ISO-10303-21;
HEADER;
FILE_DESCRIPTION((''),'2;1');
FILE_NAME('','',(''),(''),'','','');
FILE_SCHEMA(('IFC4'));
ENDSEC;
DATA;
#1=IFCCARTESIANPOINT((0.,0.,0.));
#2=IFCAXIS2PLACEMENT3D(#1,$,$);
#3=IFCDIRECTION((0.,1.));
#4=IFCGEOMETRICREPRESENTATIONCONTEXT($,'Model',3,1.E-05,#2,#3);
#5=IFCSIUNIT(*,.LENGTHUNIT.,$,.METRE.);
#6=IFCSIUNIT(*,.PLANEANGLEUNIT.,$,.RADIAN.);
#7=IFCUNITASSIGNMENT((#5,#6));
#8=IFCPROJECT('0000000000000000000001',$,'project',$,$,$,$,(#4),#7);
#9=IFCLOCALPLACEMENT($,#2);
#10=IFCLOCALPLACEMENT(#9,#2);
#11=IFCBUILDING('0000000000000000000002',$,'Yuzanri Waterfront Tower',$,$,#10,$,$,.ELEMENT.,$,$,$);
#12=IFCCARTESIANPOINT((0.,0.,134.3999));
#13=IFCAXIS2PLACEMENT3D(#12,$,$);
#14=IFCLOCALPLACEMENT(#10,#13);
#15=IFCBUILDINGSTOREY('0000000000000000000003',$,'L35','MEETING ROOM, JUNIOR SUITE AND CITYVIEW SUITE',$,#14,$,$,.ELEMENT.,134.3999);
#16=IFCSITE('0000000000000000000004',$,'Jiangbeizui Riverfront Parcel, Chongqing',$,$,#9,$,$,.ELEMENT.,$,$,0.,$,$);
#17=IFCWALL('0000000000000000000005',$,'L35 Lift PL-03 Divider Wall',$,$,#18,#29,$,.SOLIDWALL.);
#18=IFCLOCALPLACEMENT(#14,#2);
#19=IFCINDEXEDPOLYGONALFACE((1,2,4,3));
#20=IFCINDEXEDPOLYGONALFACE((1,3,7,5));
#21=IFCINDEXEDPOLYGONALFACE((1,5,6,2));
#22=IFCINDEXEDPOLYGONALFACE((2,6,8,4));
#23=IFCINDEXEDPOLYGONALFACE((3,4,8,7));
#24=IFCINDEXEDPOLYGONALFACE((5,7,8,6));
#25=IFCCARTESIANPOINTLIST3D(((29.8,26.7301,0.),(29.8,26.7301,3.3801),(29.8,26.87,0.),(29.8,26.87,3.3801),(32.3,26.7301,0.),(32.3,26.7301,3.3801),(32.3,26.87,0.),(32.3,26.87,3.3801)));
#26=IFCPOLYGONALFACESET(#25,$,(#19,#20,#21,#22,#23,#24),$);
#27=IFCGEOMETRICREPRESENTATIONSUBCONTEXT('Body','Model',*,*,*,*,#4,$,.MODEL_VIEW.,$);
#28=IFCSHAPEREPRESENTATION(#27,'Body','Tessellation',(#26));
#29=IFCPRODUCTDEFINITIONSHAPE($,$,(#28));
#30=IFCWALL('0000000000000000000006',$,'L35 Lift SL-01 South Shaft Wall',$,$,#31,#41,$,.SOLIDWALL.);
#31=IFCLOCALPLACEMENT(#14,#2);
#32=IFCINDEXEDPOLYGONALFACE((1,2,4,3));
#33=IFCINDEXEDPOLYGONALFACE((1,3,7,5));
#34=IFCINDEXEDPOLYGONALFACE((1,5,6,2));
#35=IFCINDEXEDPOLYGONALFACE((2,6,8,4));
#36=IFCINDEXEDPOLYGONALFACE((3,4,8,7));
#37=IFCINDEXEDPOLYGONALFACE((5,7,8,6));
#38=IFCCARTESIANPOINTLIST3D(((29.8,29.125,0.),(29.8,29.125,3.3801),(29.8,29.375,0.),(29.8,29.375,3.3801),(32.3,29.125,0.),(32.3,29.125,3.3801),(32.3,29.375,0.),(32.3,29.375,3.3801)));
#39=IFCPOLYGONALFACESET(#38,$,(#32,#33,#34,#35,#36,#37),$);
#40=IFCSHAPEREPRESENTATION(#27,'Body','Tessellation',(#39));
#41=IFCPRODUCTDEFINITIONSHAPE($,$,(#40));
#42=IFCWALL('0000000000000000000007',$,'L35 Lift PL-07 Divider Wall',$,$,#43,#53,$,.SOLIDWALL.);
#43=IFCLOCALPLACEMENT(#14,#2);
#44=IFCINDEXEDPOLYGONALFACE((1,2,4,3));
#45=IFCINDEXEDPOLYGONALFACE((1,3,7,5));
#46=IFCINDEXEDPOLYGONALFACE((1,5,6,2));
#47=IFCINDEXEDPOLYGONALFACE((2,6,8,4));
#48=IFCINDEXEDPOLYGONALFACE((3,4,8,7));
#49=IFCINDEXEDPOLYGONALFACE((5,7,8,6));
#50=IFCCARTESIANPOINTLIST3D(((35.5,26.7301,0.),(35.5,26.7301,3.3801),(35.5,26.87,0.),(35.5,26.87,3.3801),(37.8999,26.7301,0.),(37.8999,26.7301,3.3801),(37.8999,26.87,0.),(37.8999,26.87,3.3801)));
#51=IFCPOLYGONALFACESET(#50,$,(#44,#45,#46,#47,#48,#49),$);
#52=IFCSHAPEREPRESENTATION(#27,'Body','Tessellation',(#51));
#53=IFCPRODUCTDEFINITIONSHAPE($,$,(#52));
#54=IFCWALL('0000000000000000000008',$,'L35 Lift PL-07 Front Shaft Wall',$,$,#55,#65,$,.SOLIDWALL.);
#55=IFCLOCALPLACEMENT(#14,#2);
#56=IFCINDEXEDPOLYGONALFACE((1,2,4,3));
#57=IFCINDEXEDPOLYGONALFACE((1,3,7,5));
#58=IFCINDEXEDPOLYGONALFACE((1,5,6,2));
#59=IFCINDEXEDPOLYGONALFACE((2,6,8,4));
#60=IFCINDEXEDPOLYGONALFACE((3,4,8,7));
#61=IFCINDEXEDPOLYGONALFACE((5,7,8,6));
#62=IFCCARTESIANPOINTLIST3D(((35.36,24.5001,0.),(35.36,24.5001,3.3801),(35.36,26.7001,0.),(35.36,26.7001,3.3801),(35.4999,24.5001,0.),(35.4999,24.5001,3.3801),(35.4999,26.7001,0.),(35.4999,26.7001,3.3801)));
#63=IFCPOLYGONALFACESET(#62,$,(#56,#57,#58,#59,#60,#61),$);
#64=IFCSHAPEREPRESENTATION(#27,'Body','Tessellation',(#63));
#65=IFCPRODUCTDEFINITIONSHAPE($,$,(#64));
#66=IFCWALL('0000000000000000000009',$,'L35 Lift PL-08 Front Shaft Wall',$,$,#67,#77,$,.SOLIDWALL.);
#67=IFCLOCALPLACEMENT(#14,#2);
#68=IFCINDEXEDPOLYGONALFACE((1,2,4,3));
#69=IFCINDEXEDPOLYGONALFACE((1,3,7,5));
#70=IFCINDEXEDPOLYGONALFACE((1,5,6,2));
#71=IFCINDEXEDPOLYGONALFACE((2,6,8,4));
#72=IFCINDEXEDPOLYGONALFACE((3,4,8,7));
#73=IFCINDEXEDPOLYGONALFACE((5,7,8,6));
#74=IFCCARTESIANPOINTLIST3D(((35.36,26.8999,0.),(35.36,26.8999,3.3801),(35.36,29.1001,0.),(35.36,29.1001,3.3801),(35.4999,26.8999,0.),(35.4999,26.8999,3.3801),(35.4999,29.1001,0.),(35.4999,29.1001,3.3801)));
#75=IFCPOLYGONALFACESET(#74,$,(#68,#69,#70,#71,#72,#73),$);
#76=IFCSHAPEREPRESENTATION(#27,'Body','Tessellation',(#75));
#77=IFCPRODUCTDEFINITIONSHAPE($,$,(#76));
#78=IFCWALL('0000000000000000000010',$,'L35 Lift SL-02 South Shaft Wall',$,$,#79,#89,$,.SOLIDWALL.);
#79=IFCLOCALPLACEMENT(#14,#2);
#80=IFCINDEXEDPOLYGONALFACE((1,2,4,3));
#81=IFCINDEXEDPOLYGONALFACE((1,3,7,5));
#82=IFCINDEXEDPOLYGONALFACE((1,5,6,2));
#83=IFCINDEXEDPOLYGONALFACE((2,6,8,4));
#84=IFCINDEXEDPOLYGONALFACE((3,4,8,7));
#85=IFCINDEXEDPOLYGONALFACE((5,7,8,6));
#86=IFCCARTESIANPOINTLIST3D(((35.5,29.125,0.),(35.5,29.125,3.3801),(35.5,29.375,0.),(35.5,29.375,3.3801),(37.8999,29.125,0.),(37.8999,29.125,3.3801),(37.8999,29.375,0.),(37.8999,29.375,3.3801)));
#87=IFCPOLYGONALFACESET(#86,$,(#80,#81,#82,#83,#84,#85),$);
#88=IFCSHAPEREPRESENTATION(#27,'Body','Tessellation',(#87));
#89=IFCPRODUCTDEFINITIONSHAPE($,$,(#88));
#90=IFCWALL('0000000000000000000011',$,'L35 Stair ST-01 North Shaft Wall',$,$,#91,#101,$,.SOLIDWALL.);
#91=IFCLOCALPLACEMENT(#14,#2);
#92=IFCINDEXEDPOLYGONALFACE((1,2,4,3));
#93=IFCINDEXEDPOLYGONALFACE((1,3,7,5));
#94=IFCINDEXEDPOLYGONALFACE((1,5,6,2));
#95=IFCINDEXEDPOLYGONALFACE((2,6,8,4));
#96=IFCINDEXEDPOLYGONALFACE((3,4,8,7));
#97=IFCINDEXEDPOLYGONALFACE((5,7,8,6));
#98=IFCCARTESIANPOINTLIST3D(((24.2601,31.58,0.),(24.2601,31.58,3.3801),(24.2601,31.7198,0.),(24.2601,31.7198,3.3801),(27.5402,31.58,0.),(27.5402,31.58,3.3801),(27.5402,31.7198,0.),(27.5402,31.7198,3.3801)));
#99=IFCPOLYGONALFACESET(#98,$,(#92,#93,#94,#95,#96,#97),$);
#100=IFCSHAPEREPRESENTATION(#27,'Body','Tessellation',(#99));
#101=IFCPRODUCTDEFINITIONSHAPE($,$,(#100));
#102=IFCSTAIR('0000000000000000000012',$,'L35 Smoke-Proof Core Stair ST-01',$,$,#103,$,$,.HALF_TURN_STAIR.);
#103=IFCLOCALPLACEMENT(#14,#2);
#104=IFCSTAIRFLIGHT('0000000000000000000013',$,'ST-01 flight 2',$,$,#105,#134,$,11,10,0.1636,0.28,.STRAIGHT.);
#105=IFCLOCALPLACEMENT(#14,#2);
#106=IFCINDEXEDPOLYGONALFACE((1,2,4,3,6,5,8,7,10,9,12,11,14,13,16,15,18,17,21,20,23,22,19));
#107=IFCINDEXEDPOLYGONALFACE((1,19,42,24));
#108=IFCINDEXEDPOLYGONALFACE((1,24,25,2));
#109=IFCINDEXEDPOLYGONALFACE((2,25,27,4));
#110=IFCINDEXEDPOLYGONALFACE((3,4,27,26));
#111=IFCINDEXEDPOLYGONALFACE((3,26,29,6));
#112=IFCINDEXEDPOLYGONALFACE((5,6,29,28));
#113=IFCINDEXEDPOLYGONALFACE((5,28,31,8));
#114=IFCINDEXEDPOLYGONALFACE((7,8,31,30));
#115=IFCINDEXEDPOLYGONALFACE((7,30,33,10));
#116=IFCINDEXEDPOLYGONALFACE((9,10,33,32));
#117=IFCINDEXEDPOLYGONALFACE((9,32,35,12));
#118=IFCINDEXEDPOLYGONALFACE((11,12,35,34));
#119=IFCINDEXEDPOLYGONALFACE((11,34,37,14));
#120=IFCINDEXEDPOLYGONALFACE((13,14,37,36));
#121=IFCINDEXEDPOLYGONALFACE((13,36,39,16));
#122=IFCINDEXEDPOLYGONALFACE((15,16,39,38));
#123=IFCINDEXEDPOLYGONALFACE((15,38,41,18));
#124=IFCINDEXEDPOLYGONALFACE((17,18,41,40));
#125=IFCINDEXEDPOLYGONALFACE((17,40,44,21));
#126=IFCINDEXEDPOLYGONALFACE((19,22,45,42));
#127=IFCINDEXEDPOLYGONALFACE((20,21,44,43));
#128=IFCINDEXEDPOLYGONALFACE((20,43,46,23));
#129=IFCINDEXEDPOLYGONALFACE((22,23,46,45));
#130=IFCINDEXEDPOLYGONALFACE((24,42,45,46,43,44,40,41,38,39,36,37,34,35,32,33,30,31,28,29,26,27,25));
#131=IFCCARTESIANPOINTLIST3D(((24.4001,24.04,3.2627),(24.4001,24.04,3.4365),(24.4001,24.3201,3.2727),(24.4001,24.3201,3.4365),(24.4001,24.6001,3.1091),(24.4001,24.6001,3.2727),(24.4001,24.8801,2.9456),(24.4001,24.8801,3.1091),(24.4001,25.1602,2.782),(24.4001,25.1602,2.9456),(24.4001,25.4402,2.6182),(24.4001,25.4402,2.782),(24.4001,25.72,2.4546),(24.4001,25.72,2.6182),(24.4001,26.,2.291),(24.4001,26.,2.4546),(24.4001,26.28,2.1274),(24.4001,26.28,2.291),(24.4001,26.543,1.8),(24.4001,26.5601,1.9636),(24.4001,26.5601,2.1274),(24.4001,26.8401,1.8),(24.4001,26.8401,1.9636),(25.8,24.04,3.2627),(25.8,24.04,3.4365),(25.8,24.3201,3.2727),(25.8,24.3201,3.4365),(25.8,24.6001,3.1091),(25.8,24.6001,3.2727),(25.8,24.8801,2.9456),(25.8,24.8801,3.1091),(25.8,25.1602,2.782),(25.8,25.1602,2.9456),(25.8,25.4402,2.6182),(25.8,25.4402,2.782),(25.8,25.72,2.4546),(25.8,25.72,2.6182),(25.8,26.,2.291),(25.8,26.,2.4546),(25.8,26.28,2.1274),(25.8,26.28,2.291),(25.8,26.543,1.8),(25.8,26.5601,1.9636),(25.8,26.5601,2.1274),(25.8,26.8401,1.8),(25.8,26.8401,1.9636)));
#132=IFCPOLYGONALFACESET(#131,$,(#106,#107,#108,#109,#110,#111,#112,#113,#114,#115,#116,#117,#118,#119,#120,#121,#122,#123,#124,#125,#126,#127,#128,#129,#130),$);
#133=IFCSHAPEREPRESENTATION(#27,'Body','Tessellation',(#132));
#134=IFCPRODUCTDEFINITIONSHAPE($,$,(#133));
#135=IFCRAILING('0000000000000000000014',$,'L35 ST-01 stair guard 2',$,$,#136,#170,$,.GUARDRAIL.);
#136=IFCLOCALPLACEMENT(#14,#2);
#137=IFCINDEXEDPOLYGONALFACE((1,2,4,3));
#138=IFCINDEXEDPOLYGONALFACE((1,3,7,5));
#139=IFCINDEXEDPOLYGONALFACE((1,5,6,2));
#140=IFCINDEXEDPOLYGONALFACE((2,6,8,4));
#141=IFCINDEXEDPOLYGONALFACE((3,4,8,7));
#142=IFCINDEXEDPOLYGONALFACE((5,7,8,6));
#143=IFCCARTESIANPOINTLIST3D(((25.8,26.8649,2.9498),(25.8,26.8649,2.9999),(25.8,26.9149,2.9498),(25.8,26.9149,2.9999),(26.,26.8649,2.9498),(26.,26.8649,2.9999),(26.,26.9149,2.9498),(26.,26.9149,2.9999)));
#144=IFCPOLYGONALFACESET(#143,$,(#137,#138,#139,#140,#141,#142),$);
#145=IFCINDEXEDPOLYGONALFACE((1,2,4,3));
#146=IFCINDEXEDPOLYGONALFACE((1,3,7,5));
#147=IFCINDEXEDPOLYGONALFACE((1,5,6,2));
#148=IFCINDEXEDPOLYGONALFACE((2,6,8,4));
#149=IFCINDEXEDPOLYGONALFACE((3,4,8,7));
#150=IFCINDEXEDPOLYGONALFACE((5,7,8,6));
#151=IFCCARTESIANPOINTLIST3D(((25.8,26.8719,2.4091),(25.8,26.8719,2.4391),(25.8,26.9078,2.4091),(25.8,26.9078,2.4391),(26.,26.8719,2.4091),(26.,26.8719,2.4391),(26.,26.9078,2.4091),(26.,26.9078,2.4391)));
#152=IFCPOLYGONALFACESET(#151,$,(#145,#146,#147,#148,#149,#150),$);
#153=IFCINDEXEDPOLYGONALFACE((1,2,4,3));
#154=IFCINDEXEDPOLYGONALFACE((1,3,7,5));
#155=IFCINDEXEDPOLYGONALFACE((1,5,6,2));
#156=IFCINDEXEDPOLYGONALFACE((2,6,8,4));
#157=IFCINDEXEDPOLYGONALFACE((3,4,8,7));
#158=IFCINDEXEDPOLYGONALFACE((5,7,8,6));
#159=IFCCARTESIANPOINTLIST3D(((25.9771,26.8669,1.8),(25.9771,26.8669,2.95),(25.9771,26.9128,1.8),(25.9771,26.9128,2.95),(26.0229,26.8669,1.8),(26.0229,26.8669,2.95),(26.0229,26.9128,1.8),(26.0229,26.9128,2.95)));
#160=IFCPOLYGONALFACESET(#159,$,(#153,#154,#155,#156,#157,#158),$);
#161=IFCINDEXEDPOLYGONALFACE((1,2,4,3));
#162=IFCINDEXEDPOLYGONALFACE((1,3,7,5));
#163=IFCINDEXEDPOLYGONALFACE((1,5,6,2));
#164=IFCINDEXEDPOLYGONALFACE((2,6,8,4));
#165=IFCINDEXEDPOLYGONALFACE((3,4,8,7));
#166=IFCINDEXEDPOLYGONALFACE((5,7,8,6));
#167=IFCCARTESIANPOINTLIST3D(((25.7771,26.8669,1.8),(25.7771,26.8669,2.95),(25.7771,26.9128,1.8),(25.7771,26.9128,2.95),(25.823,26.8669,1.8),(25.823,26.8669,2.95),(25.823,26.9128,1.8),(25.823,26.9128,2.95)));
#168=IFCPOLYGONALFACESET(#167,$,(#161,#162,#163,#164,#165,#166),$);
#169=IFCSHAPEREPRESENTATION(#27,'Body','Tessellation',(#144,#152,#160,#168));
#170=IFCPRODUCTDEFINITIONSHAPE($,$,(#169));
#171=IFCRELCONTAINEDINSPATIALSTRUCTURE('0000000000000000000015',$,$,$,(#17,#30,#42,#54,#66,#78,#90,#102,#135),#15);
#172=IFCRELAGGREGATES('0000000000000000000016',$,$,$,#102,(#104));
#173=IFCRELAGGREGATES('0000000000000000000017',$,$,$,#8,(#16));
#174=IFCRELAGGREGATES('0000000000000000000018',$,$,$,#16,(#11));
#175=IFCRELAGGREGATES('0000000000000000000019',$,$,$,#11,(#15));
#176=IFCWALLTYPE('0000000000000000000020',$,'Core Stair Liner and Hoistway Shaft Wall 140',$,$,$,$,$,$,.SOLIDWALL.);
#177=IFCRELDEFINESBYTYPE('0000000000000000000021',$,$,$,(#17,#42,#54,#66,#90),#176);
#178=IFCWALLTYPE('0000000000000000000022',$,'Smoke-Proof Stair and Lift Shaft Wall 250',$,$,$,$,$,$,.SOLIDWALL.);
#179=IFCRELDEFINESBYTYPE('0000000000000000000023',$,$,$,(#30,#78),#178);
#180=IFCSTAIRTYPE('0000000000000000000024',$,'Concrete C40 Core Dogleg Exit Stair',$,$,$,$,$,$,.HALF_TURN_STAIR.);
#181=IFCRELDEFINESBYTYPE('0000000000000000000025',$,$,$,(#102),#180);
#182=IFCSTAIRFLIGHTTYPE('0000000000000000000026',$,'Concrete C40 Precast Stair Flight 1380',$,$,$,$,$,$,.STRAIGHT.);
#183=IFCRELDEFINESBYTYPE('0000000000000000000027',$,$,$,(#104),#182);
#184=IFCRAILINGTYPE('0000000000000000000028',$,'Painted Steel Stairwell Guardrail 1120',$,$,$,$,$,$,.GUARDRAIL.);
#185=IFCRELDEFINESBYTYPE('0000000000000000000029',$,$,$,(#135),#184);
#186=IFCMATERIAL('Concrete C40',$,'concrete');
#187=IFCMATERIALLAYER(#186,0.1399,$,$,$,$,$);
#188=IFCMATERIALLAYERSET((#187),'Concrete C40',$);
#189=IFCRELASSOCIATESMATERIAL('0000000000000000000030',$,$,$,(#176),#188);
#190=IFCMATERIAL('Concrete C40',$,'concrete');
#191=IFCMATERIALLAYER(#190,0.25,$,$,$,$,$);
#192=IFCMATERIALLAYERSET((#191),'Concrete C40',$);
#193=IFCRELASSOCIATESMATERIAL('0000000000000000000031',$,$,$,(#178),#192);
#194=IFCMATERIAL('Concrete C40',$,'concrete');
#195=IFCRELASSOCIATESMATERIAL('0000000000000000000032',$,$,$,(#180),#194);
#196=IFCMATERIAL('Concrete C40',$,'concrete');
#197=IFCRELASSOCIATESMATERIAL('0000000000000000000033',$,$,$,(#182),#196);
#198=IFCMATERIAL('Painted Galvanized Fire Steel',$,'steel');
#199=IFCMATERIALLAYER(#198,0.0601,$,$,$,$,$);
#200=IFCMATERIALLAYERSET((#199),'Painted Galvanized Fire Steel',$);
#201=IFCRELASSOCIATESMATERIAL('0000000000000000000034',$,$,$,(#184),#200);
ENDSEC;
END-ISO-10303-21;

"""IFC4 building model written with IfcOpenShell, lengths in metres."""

from ifc_helpers import new_model, si_unit, direction, frame, frame_2d, origin, origin_2d, place, context, subcontext, project, spatial, polyline, rectangle, outline, extrude, source, transform, mapped, material, layer, layer_set, type_object, element, aggregate, save


model = new_model("IFC4")

# Units and contexts
model_context = context("Model", 3, precision=1e-05, world=origin(), true_north=direction((0.0, 1.0)))
body_context = subcontext(model_context, "Body", "Model", "MODEL_VIEW")
ifc_project = project(units=[si_unit("LENGTHUNIT", "METRE"), si_unit("PLANEANGLEUNIT", "RADIAN")], contexts=[model_context])

# Site, building, storey
site_placement = place(None, origin())
site = spatial("IfcSite", under=ifc_project, at=site_placement, Name="Jiangbeizui Riverfront Parcel, Chongqing", CompositionType="ELEMENT", RefElevation=0.0)
building_placement = place(site_placement, origin())
building = spatial("IfcBuilding", under=site, at=building_placement, Name="Yuzanri Waterfront Tower", CompositionType="ELEMENT")
storey_placement = place(building_placement, frame((0.0, 0.0, 134.3999)))
storey = spatial("IfcBuildingStorey", under=building, at=storey_placement, Name="L35", Description="MEETING ROOM, JUNIOR SUITE AND CITYVIEW SUITE", CompositionType="ELEMENT", Elevation=134.3999)

# Shared definitions
ifc_material_1 = material(Name="Concrete C40", Category="concrete")
ifc_layer_1 = layer(ifc_material_1, 0.1399)
ifc_layer_set_1 = layer_set([ifc_layer_1], Name="Concrete C40")
wall_type_1 = type_object("IfcWallType", Name="Core Stair Liner and Hoistway Shaft Wall 140", PredefinedType="SOLIDWALL", material=ifc_layer_set_1)

# Walls
shared_shape_1 = source(origin(), body_context, "Body", "SweptSolid", [
    extrude(rectangle(XDim=2.5, YDim=0.1399, at=frame_2d((1.25, 0.0))), origin(), (0.0, 0.0, 1.0), 3.3801),
])
wall_1_placement = place(storey_placement, frame((29.8, 26.8, 0.0), z_axis=(0.0, 0.0, 1.0), x_axis=(1.0, 0.0, 0.0)))
element("IfcWall", 1, at=wall_1_placement, inside=storey, type_object=wall_type_1, Name="L35 Lift PL-03 Divider Wall", PredefinedType="SOLIDWALL", context=body_context, shape_type="MappedRepresentation", body=[
    mapped(shared_shape_1, transform((0.0, 0.0, 0.0), scale=1.0)),
])
ifc_material_2 = material(Name="Concrete C40", Category="concrete")
ifc_layer_2 = layer(ifc_material_2, 0.25)
ifc_layer_set_2 = layer_set([ifc_layer_2], Name="Concrete C40")
wall_type_2 = type_object("IfcWallType", Name="Smoke-Proof Stair and Lift Shaft Wall 250", PredefinedType="SOLIDWALL", material=ifc_layer_set_2)
shared_shape_2 = source(origin(), body_context, "Body", "SweptSolid", [
    extrude(rectangle(XDim=2.5, YDim=0.25, at=frame_2d((1.25, 0.0))), origin(), (0.0, 0.0, 1.0), 3.3801),
])
wall_2_placement = place(storey_placement, frame((29.8, 29.25, 0.0), z_axis=(0.0, 0.0, 1.0), x_axis=(1.0, 0.0, 0.0)))
element("IfcWall", 2, at=wall_2_placement, inside=storey, type_object=wall_type_2, Name="L35 Lift SL-01 South Shaft Wall", PredefinedType="SOLIDWALL", context=body_context, shape_type="MappedRepresentation", body=[
    mapped(shared_shape_2, transform((0.0, 0.0, 0.0), scale=1.0)),
])
shared_shape_3 = source(origin(), body_context, "Body", "SweptSolid", [
    extrude(rectangle(XDim=2.3999, YDim=0.1399, at=frame_2d((1.2, 0.0))), origin(), (0.0, 0.0, 1.0), 3.3801),
])
wall_3_placement = place(storey_placement, frame((35.5, 26.8, 0.0), z_axis=(0.0, 0.0, 1.0), x_axis=(1.0, 0.0, 0.0)))
element("IfcWall", 3, at=wall_3_placement, inside=storey, type_object=wall_type_1, Name="L35 Lift PL-07 Divider Wall", PredefinedType="SOLIDWALL", context=body_context, shape_type="MappedRepresentation", body=[
    mapped(shared_shape_3, transform((0.0, 0.0, 0.0), scale=1.0)),
])
shared_shape_4 = source(origin(), body_context, "Body", "SweptSolid", [
    extrude(rectangle(XDim=2.2, YDim=0.1399, at=frame_2d((1.1001, 0.0))), origin(), (0.0, 0.0, 1.0), 3.3801),
])
wall_4_placement = place(storey_placement, frame((35.4299, 24.5, 0.0), z_axis=(0.0, 0.0, 1.0), x_axis=(0.0, 1.0, 0.0)))
element("IfcWall", 4, at=wall_4_placement, inside=storey, type_object=wall_type_1, Name="L35 Lift PL-07 Front Shaft Wall", PredefinedType="SOLIDWALL", context=body_context, shape_type="MappedRepresentation", body=[
    mapped(shared_shape_4, transform((0.0, 0.0, 0.0), scale=1.0)),
])
shared_shape_5 = source(origin(), body_context, "Body", "SweptSolid", [
    extrude(rectangle(XDim=2.2002, YDim=0.1399, at=frame_2d((1.1001, 0.0))), origin(), (0.0, 0.0, 1.0), 3.3801),
])
wall_5_placement = place(storey_placement, frame((35.4299, 26.8999, 0.0), z_axis=(0.0, 0.0, 1.0), x_axis=(0.0, 1.0, 0.0)))
element("IfcWall", 5, at=wall_5_placement, inside=storey, type_object=wall_type_1, Name="L35 Lift PL-08 Front Shaft Wall", PredefinedType="SOLIDWALL", context=body_context, shape_type="MappedRepresentation", body=[
    mapped(shared_shape_5, transform((0.0, 0.0, 0.0), scale=1.0)),
])
shared_shape_6 = source(origin(), body_context, "Body", "SweptSolid", [
    extrude(rectangle(XDim=2.3999, YDim=0.25, at=frame_2d((1.2, 0.0))), origin(), (0.0, 0.0, 1.0), 3.3801),
])
wall_6_placement = place(storey_placement, frame((35.5, 29.25, 0.0), z_axis=(0.0, 0.0, 1.0), x_axis=(1.0, 0.0, 0.0)))
element("IfcWall", 6, at=wall_6_placement, inside=storey, type_object=wall_type_2, Name="L35 Lift SL-02 South Shaft Wall", PredefinedType="SOLIDWALL", context=body_context, shape_type="MappedRepresentation", body=[
    mapped(shared_shape_6, transform((0.0, 0.0, 0.0), scale=1.0)),
])
shared_shape_7 = source(origin(), body_context, "Body", "SweptSolid", [
    extrude(rectangle(XDim=3.28, YDim=0.1399, at=frame_2d((1.6401, 0.0))), origin(), (0.0, 0.0, 1.0), 3.3801),
])
wall_7_placement = place(storey_placement, frame((24.26, 31.6499, 0.0), z_axis=(0.0, 0.0, 1.0), x_axis=(1.0, 0.0, 0.0)))
element("IfcWall", 7, at=wall_7_placement, inside=storey, type_object=wall_type_1, Name="L35 Stair ST-01 North Shaft Wall", PredefinedType="SOLIDWALL", context=body_context, shape_type="MappedRepresentation", body=[
    mapped(shared_shape_7, transform((0.0, 0.0, 0.0), scale=1.0)),
])

# Stair, stair flight
ifc_material_3 = material(Name="Concrete C40", Category="concrete")
stair_type = type_object("IfcStairType", Name="Concrete C40 Core Dogleg Exit Stair", PredefinedType="HALF_TURN_STAIR", material=ifc_material_3)
stair_placement = place(storey_placement, origin())
stair = element("IfcStair", 8, at=stair_placement, inside=storey, type_object=stair_type, Name="L35 Smoke-Proof Core Stair ST-01", PredefinedType="HALF_TURN_STAIR")
ifc_material_4 = material(Name="Concrete C40", Category="concrete")
stair_flight_type = type_object("IfcStairFlightType", Name="Concrete C40 Precast Stair Flight 1380", PredefinedType="STRAIGHT", material=ifc_material_4)
shared_shape_8 = source(origin(), body_context, "Body", "SweptSolid", [
    extrude(outline(polyline([(0.0, 0.0), (0.0, 0.1636), (0.28, 0.1636), (0.28, 0.3274), (0.5601, 0.3274), (0.5601, 0.491), (0.8401, 0.491), (0.8401, 0.6545), (1.1201, 0.6545), (1.1201, 0.8181), (1.3999, 0.8181), (1.3999, 0.9819), (1.6799, 0.9819), (1.6799, 1.1455), (1.96, 1.1455), (1.96, 1.3091), (2.24, 1.3091), (2.24, 1.4727), (2.52, 1.4727), (2.52, 1.6365), (2.8, 1.6365), (2.8, 1.8), (2.8, 1.4626), (0.2971, 0.0), (0.0, 0.0)])), frame((0.0, 0.7, 0.0), z_axis=(0.0, -1.0, 0.0), x_axis=(1.0, 0.0, 0.0)), (0.0, 0.0, 1.0), 1.3999),
])
stair_flight_placement = place(storey_placement, frame((25.1001, 26.8401, 1.8), z_axis=(0.0, 0.0, 1.0), x_axis=(0.0, -1.0, 0.0)))
stair_flight = element("IfcStairFlight", 9, at=stair_flight_placement, type_object=stair_flight_type, Name="ST-01 flight 2", NumberOfRisers=11, NumberOfTreads=10, PredefinedType="STRAIGHT", RiserHeight=0.1636, TreadLength=0.28, context=body_context, shape_type="MappedRepresentation", body=[
    mapped(shared_shape_8, transform((0.0, 0.0, 0.0), scale=1.0)),
])
aggregate(stair, [stair_flight])

# Railing
ifc_material_5 = material(Name="Painted Galvanized Fire Steel", Category="steel")
ifc_layer_3 = layer(ifc_material_5, 0.0601)
ifc_layer_set_3 = layer_set([ifc_layer_3], Name="Painted Galvanized Fire Steel")
railing_type_1 = type_object("IfcRailingType", Name="Painted Steel Stairwell Guardrail 1120", PredefinedType="GUARDRAIL", material=ifc_layer_set_3)
shared_shape_9 = source(origin(), body_context, "Body", "SweptSolid", [
    extrude(rectangle(XDim=0.05, YDim=0.05, at=origin_2d()), frame((0.0, 0.0, 1.1748), z_axis=(-1.0, 0.0, 0.0), x_axis=(0.0, -1.0, 0.0)), (0.0, 0.0, 1.0), 0.2),
    extrude(rectangle(XDim=0.0359, YDim=0.03, at=origin_2d()), frame((0.0, 0.0, 0.624), z_axis=(-1.0, 0.0, 0.0), x_axis=(0.0, -1.0, 0.0)), (0.0, 0.0, 1.0), 0.2),
    extrude(rectangle(XDim=0.0459, YDim=0.0459, at=origin_2d()), origin(), (0.0, 0.0, 1.0), 1.1499),
    extrude(rectangle(XDim=0.0459, YDim=0.0459, at=origin_2d()), frame((-0.2, 0.0, 0.0)), (0.0, 0.0, 1.0), 1.1499),
])
railing_1_placement = place(storey_placement, frame((26.0, 26.8899, 1.8)))
element("IfcRailing", 10, at=railing_1_placement, inside=storey, type_object=railing_type_1, Name="L35 ST-01 stair guard 2", PredefinedType="GUARDRAIL", context=body_context, shape_type="MappedRepresentation", body=[
    mapped(shared_shape_9, transform((0.0, 0.0, 0.0), scale=1.0)),
])

save(model, "model.ifc")
